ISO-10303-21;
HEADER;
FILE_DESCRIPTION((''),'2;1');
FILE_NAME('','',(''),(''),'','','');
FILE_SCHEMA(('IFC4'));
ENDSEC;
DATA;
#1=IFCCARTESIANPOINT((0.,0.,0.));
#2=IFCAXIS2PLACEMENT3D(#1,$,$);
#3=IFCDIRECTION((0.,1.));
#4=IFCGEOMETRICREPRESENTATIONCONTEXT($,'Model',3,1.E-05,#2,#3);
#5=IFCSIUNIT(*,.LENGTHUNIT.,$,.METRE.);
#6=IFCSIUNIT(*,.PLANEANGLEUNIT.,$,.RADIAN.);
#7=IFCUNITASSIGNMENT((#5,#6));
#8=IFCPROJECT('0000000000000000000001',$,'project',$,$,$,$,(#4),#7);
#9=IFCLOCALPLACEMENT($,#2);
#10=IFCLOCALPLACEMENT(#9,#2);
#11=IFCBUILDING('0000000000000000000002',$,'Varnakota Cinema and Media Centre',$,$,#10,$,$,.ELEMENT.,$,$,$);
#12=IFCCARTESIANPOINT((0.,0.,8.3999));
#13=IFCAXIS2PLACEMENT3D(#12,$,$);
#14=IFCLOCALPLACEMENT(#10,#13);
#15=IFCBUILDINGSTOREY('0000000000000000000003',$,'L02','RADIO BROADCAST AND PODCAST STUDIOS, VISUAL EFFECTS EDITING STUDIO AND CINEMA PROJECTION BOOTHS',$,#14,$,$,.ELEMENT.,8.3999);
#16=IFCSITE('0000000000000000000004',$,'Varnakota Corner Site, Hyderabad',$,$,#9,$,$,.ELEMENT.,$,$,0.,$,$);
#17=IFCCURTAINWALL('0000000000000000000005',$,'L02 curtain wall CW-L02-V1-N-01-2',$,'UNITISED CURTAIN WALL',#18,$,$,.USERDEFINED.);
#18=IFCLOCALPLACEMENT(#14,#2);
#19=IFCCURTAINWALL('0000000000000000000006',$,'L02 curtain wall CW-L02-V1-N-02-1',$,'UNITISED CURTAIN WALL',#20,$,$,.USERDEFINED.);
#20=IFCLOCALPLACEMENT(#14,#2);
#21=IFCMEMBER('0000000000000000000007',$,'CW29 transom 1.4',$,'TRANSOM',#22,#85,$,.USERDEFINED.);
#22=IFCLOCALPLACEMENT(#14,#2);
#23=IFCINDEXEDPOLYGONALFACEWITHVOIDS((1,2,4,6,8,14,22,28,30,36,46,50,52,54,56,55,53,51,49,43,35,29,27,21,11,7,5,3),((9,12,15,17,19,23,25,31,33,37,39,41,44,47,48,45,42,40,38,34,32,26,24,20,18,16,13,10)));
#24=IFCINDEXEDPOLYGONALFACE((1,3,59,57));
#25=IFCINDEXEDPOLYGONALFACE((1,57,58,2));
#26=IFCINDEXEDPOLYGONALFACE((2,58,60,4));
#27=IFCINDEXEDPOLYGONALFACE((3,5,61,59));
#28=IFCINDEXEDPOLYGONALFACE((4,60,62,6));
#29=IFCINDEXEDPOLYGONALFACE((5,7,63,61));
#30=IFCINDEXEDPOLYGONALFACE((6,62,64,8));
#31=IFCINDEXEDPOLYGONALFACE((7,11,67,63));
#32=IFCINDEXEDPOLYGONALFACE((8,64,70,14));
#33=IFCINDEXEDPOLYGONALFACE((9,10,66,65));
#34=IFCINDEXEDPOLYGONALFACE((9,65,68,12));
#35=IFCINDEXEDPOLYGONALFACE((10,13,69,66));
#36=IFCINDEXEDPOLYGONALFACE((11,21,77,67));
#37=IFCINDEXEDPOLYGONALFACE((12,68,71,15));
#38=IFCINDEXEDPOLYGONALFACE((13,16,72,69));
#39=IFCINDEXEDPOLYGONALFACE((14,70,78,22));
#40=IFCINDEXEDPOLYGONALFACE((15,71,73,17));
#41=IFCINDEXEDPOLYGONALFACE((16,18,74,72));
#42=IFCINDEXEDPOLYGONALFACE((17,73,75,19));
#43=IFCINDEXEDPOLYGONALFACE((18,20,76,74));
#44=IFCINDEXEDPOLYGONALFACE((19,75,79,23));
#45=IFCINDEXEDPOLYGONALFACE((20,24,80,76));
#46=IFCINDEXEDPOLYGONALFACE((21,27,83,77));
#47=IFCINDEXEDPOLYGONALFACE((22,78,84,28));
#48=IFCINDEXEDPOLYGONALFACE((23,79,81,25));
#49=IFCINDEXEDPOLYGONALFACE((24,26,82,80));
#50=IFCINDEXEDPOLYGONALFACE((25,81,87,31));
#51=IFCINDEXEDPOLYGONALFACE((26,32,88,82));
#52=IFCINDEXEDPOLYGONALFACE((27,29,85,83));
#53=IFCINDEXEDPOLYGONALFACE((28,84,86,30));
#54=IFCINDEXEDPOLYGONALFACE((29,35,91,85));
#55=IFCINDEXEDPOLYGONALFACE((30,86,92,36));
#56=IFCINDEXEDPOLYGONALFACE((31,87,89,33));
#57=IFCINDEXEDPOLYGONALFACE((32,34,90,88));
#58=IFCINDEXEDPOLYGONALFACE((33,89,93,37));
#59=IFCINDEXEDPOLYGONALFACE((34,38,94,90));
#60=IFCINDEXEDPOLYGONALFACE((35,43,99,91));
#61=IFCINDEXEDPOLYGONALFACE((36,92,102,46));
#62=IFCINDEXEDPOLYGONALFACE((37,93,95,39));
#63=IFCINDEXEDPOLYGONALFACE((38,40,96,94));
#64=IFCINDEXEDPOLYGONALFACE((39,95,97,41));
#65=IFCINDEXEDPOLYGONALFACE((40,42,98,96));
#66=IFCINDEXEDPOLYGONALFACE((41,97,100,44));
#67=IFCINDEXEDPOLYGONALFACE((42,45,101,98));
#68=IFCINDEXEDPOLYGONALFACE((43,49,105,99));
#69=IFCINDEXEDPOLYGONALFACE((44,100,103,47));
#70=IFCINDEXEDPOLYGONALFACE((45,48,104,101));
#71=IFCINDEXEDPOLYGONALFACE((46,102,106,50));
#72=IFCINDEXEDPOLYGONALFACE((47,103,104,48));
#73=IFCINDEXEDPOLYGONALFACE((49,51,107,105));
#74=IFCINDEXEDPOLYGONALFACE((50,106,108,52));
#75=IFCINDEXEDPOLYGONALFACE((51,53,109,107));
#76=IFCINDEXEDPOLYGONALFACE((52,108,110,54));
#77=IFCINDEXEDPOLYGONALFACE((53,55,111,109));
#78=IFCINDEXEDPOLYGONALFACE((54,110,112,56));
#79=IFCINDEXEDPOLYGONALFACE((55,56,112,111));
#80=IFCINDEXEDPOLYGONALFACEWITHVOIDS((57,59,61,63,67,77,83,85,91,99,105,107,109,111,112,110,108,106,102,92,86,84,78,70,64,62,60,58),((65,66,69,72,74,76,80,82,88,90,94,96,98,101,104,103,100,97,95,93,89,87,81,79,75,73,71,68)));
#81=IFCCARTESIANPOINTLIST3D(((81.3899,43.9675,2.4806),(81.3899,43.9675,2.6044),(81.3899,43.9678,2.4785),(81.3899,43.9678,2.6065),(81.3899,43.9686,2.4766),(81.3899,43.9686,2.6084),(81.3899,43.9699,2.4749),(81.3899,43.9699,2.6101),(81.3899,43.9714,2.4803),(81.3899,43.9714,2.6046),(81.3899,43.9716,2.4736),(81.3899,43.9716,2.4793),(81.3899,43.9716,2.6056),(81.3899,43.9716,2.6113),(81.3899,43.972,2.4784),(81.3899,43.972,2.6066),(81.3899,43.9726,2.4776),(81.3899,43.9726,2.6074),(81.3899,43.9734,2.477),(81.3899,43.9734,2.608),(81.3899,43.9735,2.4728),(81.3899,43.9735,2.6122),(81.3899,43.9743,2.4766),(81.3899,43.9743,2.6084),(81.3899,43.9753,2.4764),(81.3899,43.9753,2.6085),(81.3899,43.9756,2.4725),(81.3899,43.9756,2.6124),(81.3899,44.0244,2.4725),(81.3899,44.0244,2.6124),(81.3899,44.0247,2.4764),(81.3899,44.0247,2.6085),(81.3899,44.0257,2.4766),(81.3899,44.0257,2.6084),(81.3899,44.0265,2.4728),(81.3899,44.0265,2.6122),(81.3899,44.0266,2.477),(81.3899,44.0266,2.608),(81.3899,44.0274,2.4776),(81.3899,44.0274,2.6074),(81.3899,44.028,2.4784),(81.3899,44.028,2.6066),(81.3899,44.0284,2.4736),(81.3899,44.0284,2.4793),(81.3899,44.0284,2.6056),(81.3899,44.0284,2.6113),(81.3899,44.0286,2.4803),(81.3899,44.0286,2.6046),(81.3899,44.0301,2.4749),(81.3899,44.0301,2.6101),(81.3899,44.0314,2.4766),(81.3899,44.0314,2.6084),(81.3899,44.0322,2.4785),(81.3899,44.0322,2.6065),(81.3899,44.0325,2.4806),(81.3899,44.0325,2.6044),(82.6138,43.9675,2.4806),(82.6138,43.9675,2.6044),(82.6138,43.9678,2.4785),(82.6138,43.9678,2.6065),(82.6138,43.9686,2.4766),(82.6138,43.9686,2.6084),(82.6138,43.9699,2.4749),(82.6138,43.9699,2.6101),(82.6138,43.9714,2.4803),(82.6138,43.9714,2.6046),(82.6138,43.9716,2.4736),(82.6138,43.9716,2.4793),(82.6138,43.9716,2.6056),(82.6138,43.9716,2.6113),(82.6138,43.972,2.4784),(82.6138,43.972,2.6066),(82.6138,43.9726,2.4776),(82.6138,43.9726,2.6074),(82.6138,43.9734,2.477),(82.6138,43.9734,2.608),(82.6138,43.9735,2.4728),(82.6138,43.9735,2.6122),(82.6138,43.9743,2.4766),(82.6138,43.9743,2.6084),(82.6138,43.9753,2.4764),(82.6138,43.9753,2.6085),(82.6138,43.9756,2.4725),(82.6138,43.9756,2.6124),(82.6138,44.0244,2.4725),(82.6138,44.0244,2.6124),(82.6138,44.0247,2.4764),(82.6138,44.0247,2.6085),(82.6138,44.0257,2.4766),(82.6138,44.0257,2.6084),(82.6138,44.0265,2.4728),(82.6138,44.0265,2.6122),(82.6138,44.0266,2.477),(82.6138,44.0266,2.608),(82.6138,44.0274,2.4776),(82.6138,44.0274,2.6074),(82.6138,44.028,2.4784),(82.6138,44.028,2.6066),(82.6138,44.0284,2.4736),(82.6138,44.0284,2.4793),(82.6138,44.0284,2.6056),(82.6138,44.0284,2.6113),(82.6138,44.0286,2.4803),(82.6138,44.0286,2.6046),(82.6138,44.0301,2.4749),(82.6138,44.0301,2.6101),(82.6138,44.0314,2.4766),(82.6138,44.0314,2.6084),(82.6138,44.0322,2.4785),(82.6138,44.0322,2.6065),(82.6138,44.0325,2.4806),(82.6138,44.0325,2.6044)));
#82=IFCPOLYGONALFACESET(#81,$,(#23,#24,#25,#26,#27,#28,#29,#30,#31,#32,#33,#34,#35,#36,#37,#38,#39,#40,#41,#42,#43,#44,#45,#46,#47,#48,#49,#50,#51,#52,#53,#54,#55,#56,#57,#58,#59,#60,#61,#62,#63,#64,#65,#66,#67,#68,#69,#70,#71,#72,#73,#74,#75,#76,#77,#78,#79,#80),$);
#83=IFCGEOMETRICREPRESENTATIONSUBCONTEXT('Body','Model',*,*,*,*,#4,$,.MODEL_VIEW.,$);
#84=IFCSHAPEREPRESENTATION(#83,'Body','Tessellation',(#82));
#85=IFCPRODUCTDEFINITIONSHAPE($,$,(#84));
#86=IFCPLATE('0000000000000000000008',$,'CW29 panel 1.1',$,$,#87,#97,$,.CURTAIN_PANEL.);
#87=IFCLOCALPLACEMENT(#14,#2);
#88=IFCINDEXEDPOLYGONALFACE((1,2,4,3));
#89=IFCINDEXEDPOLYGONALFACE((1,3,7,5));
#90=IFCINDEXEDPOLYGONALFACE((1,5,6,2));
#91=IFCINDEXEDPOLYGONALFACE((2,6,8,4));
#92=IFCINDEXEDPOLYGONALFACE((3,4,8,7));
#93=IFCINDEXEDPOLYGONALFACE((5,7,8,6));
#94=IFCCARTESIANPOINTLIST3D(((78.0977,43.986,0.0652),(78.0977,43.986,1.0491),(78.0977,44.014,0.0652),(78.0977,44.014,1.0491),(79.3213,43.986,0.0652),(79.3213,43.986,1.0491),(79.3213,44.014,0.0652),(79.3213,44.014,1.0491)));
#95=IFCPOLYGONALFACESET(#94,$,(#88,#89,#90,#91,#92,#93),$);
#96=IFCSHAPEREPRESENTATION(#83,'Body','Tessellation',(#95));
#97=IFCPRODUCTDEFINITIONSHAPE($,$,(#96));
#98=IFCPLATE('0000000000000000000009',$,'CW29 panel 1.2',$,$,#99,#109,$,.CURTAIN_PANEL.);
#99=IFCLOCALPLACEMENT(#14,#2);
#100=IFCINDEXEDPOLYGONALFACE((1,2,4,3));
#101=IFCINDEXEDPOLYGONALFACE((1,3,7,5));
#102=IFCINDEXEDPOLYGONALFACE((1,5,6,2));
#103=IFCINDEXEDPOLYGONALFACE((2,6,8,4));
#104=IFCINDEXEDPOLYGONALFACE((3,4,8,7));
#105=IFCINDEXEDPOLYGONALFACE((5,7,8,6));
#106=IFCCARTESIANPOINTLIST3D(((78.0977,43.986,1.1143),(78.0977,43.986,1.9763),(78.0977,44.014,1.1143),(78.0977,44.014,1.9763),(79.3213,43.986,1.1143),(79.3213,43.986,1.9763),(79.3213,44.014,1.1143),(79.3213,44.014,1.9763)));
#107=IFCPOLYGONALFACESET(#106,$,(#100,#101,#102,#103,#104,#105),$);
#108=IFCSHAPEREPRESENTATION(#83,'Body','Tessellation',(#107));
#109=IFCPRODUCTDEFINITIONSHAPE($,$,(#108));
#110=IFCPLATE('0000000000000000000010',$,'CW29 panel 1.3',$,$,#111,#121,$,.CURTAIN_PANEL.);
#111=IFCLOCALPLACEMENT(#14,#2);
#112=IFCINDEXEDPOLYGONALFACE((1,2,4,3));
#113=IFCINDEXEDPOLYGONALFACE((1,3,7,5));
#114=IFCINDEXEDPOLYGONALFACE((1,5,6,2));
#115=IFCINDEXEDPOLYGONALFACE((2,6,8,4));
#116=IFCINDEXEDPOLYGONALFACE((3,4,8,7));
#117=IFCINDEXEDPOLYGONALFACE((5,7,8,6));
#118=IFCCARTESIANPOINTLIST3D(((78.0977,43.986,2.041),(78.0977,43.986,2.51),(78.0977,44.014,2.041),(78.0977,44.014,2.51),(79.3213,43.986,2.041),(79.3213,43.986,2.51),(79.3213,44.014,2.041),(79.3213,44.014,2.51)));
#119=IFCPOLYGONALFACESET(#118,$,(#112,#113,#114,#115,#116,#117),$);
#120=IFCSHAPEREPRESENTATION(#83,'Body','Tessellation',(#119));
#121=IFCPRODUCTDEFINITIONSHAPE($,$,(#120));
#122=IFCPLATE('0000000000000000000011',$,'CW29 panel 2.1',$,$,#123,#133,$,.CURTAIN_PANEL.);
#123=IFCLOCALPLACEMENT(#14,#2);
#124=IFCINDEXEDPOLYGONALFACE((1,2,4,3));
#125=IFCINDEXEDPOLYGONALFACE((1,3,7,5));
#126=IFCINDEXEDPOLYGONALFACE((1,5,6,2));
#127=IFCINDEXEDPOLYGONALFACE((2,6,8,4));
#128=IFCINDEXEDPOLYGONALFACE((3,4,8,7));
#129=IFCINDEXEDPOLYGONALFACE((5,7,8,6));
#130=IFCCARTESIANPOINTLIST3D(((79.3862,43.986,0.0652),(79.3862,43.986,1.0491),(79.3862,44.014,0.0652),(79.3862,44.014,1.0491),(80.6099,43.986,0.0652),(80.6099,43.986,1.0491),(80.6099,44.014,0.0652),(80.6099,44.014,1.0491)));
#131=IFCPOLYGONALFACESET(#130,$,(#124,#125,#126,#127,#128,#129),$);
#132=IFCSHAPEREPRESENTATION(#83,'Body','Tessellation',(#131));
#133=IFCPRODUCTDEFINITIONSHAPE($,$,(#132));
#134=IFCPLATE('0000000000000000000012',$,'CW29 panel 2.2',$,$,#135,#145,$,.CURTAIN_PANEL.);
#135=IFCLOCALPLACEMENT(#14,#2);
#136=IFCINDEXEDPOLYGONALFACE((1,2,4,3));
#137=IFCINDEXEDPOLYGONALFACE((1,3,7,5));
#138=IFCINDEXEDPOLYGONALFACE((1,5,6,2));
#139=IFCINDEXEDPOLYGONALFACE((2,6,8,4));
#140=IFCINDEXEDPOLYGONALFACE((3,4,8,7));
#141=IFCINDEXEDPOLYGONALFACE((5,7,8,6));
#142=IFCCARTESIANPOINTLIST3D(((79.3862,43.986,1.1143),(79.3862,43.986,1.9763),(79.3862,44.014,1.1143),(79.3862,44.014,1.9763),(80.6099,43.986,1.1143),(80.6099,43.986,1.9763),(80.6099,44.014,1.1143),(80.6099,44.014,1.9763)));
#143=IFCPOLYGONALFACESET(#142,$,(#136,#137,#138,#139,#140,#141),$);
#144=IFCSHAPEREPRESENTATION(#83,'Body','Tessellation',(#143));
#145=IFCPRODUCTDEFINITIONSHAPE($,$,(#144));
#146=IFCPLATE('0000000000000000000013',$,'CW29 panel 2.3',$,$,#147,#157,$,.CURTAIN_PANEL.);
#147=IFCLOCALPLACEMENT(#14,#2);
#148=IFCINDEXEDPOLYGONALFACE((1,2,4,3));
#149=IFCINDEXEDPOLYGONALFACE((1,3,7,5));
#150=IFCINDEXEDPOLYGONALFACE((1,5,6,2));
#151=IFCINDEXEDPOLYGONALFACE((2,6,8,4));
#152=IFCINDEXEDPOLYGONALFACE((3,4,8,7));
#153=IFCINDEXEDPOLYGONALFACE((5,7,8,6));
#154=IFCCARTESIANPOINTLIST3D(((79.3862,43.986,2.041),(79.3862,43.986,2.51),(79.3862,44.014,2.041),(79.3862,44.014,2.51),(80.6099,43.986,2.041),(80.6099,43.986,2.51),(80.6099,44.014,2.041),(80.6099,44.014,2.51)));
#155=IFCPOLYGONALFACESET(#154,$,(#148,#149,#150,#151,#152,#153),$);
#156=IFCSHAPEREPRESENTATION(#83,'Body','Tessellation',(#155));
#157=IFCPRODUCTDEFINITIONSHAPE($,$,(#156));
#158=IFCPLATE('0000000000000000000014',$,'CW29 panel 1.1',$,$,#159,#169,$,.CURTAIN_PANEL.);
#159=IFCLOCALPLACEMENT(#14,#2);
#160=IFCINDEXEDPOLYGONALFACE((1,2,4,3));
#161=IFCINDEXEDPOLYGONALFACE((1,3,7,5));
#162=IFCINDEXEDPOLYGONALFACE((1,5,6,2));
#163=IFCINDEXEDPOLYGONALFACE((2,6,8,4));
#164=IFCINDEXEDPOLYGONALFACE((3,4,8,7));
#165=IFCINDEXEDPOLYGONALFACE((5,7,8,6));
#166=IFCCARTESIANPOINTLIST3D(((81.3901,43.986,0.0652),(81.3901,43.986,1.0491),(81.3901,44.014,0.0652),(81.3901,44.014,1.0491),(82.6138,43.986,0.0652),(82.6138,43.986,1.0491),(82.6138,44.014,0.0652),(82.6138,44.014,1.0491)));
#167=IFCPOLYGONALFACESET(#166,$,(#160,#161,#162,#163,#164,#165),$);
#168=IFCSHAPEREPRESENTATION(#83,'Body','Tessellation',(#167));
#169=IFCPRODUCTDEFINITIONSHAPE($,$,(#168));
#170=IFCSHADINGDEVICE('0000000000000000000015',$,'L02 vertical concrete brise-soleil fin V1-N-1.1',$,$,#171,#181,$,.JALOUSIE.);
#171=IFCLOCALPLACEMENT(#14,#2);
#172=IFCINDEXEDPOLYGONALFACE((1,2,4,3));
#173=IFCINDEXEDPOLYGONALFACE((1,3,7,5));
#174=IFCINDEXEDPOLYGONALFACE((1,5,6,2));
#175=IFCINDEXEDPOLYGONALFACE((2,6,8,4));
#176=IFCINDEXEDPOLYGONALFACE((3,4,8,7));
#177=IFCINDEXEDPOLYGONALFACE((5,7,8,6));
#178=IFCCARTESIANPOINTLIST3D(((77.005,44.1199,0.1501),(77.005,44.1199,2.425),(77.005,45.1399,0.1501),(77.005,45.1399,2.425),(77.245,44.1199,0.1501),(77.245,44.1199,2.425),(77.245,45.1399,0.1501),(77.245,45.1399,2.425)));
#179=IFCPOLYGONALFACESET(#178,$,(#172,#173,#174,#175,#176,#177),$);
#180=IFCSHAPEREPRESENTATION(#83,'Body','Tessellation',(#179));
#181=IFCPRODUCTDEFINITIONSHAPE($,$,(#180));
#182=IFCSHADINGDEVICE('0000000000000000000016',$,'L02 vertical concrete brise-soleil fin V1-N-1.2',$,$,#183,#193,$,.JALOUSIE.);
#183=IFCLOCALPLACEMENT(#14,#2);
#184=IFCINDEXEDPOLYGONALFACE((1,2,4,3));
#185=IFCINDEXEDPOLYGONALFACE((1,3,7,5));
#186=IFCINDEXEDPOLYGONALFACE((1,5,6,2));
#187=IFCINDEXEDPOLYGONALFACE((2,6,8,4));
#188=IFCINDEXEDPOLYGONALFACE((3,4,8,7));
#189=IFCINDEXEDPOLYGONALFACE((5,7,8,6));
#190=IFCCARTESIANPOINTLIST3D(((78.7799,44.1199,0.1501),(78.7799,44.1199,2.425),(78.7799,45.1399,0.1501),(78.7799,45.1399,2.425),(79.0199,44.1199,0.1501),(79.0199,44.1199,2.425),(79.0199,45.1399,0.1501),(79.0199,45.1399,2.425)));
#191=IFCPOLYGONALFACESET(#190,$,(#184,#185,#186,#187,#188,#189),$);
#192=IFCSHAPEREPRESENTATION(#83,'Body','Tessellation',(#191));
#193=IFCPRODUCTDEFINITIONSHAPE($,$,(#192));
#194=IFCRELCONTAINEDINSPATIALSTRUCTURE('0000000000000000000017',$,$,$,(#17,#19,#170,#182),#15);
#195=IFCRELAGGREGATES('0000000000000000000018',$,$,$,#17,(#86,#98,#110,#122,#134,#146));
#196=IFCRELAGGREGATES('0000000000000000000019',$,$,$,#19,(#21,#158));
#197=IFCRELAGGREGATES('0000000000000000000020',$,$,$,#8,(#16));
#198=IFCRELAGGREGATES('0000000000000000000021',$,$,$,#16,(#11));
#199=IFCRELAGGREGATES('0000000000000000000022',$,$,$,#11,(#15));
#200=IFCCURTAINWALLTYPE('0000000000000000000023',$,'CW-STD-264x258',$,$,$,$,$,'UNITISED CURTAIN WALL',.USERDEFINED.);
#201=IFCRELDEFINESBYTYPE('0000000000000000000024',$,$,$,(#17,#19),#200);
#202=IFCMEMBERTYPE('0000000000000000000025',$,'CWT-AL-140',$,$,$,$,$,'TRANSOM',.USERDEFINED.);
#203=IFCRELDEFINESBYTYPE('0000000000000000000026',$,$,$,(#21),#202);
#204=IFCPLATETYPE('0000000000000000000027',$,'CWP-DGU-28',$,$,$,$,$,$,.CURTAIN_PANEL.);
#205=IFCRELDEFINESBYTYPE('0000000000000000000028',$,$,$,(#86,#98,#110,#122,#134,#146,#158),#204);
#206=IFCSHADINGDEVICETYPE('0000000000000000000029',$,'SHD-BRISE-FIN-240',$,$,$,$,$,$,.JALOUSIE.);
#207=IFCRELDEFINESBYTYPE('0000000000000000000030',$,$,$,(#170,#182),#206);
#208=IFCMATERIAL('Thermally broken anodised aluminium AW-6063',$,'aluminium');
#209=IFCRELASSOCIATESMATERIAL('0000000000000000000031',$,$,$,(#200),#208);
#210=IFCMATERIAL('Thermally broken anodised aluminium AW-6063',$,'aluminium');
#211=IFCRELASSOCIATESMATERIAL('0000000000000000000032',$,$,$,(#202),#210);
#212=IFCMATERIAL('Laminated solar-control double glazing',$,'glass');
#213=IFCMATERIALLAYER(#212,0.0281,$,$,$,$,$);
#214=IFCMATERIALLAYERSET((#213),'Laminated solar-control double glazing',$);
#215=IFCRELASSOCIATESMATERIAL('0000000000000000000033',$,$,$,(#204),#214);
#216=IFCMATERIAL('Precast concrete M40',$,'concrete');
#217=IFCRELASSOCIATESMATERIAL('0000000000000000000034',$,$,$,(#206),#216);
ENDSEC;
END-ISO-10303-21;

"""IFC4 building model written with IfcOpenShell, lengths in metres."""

from ifc_helpers import new_model, si_unit, direction, frame, origin, origin_2d, place, context, subcontext, project, spatial, rectangle, hollow_rectangle, extrude, material, layer, layer_set, material_profile, profile_set, type_object, element, aggregate, save


model = new_model("IFC4")

# Units and contexts
model_context = context("Model", 3, precision=1e-05, world=origin(), true_north=direction((0.0, 1.0)))
body_context = subcontext(model_context, "Body", "Model", "MODEL_VIEW")
ifc_project = project(units=[si_unit("LENGTHUNIT", "METRE"), si_unit("PLANEANGLEUNIT", "RADIAN")], contexts=[model_context])

# Site, building, storey
site_placement = place(None, origin())
site = spatial("IfcSite", under=ifc_project, at=site_placement, Name="Varnakota Corner Site, Hyderabad", CompositionType="ELEMENT", RefElevation=0.0)
building_placement = place(site_placement, origin())
building = spatial("IfcBuilding", under=site, at=building_placement, Name="Varnakota Cinema and Media Centre", CompositionType="ELEMENT")
storey_placement = place(building_placement, frame((0.0, 0.0, 8.3999)))
storey = spatial("IfcBuildingStorey", under=building, at=storey_placement, Name="L02", Description="RADIO BROADCAST AND PODCAST STUDIOS, VISUAL EFFECTS EDITING STUDIO AND CINEMA PROJECTION BOOTHS", CompositionType="ELEMENT", Elevation=8.3999)

# Shared definitions
ifc_material_1 = material(Name="Thermally broken anodised aluminium AW-6063", Category="aluminium")
curtain_wall_type = type_object("IfcCurtainWallType", Name="CW-STD-264x258", ElementType="UNITISED CURTAIN WALL", PredefinedType="USERDEFINED", material=ifc_material_1)

# Curtain wall
curtain_wall_1_placement = place(storey_placement, origin())
curtain_wall_1 = element("IfcCurtainWall", 1, at=curtain_wall_1_placement, inside=storey, type_object=curtain_wall_type, Name="L02 curtain wall CW-L02-V1-N-01-2", ObjectType="UNITISED CURTAIN WALL", PredefinedType="USERDEFINED")

# Curtain wall
curtain_wall_2_placement = place(storey_placement, origin())
curtain_wall_2 = element("IfcCurtainWall", 2, at=curtain_wall_2_placement, inside=storey, type_object=curtain_wall_type, Name="L02 curtain wall CW-L02-V1-N-02-1", ObjectType="UNITISED CURTAIN WALL", PredefinedType="USERDEFINED")

# Member
ifc_material_2 = material(Name="Thermally broken anodised aluminium AW-6063", Category="aluminium")
ifc_material_profile_1 = material_profile(ifc_material_2, hollow_rectangle(XDim=0.0649, YDim=0.1399, WallThickness=0.0039, InnerFilletRadius=0.0039, OuterFilletRadius=0.0081, at=origin_2d()), Name="AL-TRANSOM 140x65x4")
ifc_profile_set_1 = profile_set([ifc_material_profile_1], Name="Thermally broken anodised aluminium AW-6063")
member_type_1 = type_object("IfcMemberType", Name="CWT-AL-140", ElementType="TRANSOM", PredefinedType="USERDEFINED", material=ifc_profile_set_1)
member_1_placement = place(storey_placement, frame((81.3899, 44.0, 2.5425), z_axis=(1.0, 0.0, 0.0), x_axis=(0.0, 1.0, 0.0)))
member_1 = element("IfcMember", 3, at=member_1_placement, type_object=member_type_1, Name="CW29 transom 1.4", ObjectType="TRANSOM", PredefinedType="USERDEFINED", context=body_context, shape_type="SweptSolid", body=[
    extrude(hollow_rectangle(XDim=0.0649, YDim=0.1399, WallThickness=0.0039, InnerFilletRadius=0.0039, OuterFilletRadius=0.0081, at=origin_2d()), origin(), (0.0, 0.0, 1.0), 1.2239),
])

# Plates
ifc_material_3 = material(Name="Laminated solar-control double glazing", Category="glass")
ifc_layer = layer(ifc_material_3, 0.0281)
ifc_layer_set = layer_set([ifc_layer], Name="Laminated solar-control double glazing")
plate_type = type_object("IfcPlateType", Name="CWP-DGU-28", PredefinedType="CURTAIN_PANEL", material=ifc_layer_set)
plate_1_placement = place(storey_placement, frame((78.7095, 44.0, 0.0652), z_axis=(0.0, 0.0, 1.0), x_axis=(1.0, 0.0, 0.0)))
plate_1 = element("IfcPlate", 4, at=plate_1_placement, type_object=plate_type, Name="CW29 panel 1.1", PredefinedType="CURTAIN_PANEL", context=body_context, shape_type="SweptSolid", body=[
    extrude(rectangle(XDim=1.2236, YDim=0.0281, at=origin_2d()), origin(), (0.0, 0.0, 1.0), 0.9839),
])
plate_2_placement = place(storey_placement, frame((78.7095, 44.0, 1.1143), z_axis=(0.0, 0.0, 1.0), x_axis=(1.0, 0.0, 0.0)))
plate_2 = element("IfcPlate", 5, at=plate_2_placement, type_object=plate_type, Name="CW29 panel 1.2", PredefinedType="CURTAIN_PANEL", context=body_context, shape_type="SweptSolid", body=[
    extrude(rectangle(XDim=1.2236, YDim=0.0281, at=origin_2d()), origin(), (0.0, 0.0, 1.0), 0.8621),
])
plate_3_placement = place(storey_placement, frame((78.7095, 44.0, 2.041), z_axis=(0.0, 0.0, 1.0), x_axis=(1.0, 0.0, 0.0)))
plate_3 = element("IfcPlate", 6, at=plate_3_placement, type_object=plate_type, Name="CW29 panel 1.3", PredefinedType="CURTAIN_PANEL", context=body_context, shape_type="SweptSolid", body=[
    extrude(rectangle(XDim=1.2236, YDim=0.0281, at=origin_2d()), origin(), (0.0, 0.0, 1.0), 0.469),
])
plate_4_placement = place(storey_placement, frame((79.998, 44.0, 0.0652), z_axis=(0.0, 0.0, 1.0), x_axis=(1.0, 0.0, 0.0)))
plate_4 = element("IfcPlate", 7, at=plate_4_placement, type_object=plate_type, Name="CW29 panel 2.1", PredefinedType="CURTAIN_PANEL", context=body_context, shape_type="SweptSolid", body=[
    extrude(rectangle(XDim=1.2236, YDim=0.0281, at=origin_2d()), origin(), (0.0, 0.0, 1.0), 0.9839),
])
plate_5_placement = place(storey_placement, frame((79.998, 44.0, 1.1143), z_axis=(0.0, 0.0, 1.0), x_axis=(1.0, 0.0, 0.0)))
plate_5 = element("IfcPlate", 8, at=plate_5_placement, type_object=plate_type, Name="CW29 panel 2.2", PredefinedType="CURTAIN_PANEL", context=body_context, shape_type="SweptSolid", body=[
    extrude(rectangle(XDim=1.2236, YDim=0.0281, at=origin_2d()), origin(), (0.0, 0.0, 1.0), 0.8621),
])
plate_6_placement = place(storey_placement, frame((79.998, 44.0, 2.041), z_axis=(0.0, 0.0, 1.0), x_axis=(1.0, 0.0, 0.0)))
plate_6 = element("IfcPlate", 9, at=plate_6_placement, type_object=plate_type, Name="CW29 panel 2.3", PredefinedType="CURTAIN_PANEL", context=body_context, shape_type="SweptSolid", body=[
    extrude(rectangle(XDim=1.2236, YDim=0.0281, at=origin_2d()), origin(), (0.0, 0.0, 1.0), 0.469),
])
aggregate(curtain_wall_1, [plate_1, plate_2, plate_3, plate_4, plate_5, plate_6])
plate_7_placement = place(storey_placement, frame((82.002, 44.0, 0.0652), z_axis=(0.0, 0.0, 1.0), x_axis=(1.0, 0.0, 0.0)))
plate_7 = element("IfcPlate", 10, at=plate_7_placement, type_object=plate_type, Name="CW29 panel 1.1", PredefinedType="CURTAIN_PANEL", context=body_context, shape_type="SweptSolid", body=[
    extrude(rectangle(XDim=1.2236, YDim=0.0281, at=origin_2d()), origin(), (0.0, 0.0, 1.0), 0.9839),
])
aggregate(curtain_wall_2, [member_1, plate_7])

# Shading devices
ifc_material_4 = material(Name="Precast concrete M40", Category="concrete")
shading_device_type = type_object("IfcShadingDeviceType", Name="SHD-BRISE-FIN-240", PredefinedType="JALOUSIE", material=ifc_material_4)
for number, where, z_axis, x_axis, name in (
    (11, (77.125, 44.6299, 0.1501), (0.0, 0.0, 1.0), (1.0, 0.0, 0.0), "L02 vertical concrete brise-soleil fin V1-N-1.1"),
    (12, (78.8999, 44.6299, 0.1501), (0.0, 0.0, 1.0), (1.0, 0.0, 0.0), "L02 vertical concrete brise-soleil fin V1-N-1.2"),
):
    element("IfcShadingDevice", number, at=place(storey_placement, frame(where, z_axis=z_axis, x_axis=x_axis)), inside=storey, type_object=shading_device_type, Name=name, PredefinedType="JALOUSIE", context=body_context, shape_type="SweptSolid", body=[
        extrude(rectangle(XDim=0.24, YDim=1.02, at=origin_2d()), origin(), (0.0, 0.0, 1.0), 2.2749),
    ])

save(model, "model.ifc")
